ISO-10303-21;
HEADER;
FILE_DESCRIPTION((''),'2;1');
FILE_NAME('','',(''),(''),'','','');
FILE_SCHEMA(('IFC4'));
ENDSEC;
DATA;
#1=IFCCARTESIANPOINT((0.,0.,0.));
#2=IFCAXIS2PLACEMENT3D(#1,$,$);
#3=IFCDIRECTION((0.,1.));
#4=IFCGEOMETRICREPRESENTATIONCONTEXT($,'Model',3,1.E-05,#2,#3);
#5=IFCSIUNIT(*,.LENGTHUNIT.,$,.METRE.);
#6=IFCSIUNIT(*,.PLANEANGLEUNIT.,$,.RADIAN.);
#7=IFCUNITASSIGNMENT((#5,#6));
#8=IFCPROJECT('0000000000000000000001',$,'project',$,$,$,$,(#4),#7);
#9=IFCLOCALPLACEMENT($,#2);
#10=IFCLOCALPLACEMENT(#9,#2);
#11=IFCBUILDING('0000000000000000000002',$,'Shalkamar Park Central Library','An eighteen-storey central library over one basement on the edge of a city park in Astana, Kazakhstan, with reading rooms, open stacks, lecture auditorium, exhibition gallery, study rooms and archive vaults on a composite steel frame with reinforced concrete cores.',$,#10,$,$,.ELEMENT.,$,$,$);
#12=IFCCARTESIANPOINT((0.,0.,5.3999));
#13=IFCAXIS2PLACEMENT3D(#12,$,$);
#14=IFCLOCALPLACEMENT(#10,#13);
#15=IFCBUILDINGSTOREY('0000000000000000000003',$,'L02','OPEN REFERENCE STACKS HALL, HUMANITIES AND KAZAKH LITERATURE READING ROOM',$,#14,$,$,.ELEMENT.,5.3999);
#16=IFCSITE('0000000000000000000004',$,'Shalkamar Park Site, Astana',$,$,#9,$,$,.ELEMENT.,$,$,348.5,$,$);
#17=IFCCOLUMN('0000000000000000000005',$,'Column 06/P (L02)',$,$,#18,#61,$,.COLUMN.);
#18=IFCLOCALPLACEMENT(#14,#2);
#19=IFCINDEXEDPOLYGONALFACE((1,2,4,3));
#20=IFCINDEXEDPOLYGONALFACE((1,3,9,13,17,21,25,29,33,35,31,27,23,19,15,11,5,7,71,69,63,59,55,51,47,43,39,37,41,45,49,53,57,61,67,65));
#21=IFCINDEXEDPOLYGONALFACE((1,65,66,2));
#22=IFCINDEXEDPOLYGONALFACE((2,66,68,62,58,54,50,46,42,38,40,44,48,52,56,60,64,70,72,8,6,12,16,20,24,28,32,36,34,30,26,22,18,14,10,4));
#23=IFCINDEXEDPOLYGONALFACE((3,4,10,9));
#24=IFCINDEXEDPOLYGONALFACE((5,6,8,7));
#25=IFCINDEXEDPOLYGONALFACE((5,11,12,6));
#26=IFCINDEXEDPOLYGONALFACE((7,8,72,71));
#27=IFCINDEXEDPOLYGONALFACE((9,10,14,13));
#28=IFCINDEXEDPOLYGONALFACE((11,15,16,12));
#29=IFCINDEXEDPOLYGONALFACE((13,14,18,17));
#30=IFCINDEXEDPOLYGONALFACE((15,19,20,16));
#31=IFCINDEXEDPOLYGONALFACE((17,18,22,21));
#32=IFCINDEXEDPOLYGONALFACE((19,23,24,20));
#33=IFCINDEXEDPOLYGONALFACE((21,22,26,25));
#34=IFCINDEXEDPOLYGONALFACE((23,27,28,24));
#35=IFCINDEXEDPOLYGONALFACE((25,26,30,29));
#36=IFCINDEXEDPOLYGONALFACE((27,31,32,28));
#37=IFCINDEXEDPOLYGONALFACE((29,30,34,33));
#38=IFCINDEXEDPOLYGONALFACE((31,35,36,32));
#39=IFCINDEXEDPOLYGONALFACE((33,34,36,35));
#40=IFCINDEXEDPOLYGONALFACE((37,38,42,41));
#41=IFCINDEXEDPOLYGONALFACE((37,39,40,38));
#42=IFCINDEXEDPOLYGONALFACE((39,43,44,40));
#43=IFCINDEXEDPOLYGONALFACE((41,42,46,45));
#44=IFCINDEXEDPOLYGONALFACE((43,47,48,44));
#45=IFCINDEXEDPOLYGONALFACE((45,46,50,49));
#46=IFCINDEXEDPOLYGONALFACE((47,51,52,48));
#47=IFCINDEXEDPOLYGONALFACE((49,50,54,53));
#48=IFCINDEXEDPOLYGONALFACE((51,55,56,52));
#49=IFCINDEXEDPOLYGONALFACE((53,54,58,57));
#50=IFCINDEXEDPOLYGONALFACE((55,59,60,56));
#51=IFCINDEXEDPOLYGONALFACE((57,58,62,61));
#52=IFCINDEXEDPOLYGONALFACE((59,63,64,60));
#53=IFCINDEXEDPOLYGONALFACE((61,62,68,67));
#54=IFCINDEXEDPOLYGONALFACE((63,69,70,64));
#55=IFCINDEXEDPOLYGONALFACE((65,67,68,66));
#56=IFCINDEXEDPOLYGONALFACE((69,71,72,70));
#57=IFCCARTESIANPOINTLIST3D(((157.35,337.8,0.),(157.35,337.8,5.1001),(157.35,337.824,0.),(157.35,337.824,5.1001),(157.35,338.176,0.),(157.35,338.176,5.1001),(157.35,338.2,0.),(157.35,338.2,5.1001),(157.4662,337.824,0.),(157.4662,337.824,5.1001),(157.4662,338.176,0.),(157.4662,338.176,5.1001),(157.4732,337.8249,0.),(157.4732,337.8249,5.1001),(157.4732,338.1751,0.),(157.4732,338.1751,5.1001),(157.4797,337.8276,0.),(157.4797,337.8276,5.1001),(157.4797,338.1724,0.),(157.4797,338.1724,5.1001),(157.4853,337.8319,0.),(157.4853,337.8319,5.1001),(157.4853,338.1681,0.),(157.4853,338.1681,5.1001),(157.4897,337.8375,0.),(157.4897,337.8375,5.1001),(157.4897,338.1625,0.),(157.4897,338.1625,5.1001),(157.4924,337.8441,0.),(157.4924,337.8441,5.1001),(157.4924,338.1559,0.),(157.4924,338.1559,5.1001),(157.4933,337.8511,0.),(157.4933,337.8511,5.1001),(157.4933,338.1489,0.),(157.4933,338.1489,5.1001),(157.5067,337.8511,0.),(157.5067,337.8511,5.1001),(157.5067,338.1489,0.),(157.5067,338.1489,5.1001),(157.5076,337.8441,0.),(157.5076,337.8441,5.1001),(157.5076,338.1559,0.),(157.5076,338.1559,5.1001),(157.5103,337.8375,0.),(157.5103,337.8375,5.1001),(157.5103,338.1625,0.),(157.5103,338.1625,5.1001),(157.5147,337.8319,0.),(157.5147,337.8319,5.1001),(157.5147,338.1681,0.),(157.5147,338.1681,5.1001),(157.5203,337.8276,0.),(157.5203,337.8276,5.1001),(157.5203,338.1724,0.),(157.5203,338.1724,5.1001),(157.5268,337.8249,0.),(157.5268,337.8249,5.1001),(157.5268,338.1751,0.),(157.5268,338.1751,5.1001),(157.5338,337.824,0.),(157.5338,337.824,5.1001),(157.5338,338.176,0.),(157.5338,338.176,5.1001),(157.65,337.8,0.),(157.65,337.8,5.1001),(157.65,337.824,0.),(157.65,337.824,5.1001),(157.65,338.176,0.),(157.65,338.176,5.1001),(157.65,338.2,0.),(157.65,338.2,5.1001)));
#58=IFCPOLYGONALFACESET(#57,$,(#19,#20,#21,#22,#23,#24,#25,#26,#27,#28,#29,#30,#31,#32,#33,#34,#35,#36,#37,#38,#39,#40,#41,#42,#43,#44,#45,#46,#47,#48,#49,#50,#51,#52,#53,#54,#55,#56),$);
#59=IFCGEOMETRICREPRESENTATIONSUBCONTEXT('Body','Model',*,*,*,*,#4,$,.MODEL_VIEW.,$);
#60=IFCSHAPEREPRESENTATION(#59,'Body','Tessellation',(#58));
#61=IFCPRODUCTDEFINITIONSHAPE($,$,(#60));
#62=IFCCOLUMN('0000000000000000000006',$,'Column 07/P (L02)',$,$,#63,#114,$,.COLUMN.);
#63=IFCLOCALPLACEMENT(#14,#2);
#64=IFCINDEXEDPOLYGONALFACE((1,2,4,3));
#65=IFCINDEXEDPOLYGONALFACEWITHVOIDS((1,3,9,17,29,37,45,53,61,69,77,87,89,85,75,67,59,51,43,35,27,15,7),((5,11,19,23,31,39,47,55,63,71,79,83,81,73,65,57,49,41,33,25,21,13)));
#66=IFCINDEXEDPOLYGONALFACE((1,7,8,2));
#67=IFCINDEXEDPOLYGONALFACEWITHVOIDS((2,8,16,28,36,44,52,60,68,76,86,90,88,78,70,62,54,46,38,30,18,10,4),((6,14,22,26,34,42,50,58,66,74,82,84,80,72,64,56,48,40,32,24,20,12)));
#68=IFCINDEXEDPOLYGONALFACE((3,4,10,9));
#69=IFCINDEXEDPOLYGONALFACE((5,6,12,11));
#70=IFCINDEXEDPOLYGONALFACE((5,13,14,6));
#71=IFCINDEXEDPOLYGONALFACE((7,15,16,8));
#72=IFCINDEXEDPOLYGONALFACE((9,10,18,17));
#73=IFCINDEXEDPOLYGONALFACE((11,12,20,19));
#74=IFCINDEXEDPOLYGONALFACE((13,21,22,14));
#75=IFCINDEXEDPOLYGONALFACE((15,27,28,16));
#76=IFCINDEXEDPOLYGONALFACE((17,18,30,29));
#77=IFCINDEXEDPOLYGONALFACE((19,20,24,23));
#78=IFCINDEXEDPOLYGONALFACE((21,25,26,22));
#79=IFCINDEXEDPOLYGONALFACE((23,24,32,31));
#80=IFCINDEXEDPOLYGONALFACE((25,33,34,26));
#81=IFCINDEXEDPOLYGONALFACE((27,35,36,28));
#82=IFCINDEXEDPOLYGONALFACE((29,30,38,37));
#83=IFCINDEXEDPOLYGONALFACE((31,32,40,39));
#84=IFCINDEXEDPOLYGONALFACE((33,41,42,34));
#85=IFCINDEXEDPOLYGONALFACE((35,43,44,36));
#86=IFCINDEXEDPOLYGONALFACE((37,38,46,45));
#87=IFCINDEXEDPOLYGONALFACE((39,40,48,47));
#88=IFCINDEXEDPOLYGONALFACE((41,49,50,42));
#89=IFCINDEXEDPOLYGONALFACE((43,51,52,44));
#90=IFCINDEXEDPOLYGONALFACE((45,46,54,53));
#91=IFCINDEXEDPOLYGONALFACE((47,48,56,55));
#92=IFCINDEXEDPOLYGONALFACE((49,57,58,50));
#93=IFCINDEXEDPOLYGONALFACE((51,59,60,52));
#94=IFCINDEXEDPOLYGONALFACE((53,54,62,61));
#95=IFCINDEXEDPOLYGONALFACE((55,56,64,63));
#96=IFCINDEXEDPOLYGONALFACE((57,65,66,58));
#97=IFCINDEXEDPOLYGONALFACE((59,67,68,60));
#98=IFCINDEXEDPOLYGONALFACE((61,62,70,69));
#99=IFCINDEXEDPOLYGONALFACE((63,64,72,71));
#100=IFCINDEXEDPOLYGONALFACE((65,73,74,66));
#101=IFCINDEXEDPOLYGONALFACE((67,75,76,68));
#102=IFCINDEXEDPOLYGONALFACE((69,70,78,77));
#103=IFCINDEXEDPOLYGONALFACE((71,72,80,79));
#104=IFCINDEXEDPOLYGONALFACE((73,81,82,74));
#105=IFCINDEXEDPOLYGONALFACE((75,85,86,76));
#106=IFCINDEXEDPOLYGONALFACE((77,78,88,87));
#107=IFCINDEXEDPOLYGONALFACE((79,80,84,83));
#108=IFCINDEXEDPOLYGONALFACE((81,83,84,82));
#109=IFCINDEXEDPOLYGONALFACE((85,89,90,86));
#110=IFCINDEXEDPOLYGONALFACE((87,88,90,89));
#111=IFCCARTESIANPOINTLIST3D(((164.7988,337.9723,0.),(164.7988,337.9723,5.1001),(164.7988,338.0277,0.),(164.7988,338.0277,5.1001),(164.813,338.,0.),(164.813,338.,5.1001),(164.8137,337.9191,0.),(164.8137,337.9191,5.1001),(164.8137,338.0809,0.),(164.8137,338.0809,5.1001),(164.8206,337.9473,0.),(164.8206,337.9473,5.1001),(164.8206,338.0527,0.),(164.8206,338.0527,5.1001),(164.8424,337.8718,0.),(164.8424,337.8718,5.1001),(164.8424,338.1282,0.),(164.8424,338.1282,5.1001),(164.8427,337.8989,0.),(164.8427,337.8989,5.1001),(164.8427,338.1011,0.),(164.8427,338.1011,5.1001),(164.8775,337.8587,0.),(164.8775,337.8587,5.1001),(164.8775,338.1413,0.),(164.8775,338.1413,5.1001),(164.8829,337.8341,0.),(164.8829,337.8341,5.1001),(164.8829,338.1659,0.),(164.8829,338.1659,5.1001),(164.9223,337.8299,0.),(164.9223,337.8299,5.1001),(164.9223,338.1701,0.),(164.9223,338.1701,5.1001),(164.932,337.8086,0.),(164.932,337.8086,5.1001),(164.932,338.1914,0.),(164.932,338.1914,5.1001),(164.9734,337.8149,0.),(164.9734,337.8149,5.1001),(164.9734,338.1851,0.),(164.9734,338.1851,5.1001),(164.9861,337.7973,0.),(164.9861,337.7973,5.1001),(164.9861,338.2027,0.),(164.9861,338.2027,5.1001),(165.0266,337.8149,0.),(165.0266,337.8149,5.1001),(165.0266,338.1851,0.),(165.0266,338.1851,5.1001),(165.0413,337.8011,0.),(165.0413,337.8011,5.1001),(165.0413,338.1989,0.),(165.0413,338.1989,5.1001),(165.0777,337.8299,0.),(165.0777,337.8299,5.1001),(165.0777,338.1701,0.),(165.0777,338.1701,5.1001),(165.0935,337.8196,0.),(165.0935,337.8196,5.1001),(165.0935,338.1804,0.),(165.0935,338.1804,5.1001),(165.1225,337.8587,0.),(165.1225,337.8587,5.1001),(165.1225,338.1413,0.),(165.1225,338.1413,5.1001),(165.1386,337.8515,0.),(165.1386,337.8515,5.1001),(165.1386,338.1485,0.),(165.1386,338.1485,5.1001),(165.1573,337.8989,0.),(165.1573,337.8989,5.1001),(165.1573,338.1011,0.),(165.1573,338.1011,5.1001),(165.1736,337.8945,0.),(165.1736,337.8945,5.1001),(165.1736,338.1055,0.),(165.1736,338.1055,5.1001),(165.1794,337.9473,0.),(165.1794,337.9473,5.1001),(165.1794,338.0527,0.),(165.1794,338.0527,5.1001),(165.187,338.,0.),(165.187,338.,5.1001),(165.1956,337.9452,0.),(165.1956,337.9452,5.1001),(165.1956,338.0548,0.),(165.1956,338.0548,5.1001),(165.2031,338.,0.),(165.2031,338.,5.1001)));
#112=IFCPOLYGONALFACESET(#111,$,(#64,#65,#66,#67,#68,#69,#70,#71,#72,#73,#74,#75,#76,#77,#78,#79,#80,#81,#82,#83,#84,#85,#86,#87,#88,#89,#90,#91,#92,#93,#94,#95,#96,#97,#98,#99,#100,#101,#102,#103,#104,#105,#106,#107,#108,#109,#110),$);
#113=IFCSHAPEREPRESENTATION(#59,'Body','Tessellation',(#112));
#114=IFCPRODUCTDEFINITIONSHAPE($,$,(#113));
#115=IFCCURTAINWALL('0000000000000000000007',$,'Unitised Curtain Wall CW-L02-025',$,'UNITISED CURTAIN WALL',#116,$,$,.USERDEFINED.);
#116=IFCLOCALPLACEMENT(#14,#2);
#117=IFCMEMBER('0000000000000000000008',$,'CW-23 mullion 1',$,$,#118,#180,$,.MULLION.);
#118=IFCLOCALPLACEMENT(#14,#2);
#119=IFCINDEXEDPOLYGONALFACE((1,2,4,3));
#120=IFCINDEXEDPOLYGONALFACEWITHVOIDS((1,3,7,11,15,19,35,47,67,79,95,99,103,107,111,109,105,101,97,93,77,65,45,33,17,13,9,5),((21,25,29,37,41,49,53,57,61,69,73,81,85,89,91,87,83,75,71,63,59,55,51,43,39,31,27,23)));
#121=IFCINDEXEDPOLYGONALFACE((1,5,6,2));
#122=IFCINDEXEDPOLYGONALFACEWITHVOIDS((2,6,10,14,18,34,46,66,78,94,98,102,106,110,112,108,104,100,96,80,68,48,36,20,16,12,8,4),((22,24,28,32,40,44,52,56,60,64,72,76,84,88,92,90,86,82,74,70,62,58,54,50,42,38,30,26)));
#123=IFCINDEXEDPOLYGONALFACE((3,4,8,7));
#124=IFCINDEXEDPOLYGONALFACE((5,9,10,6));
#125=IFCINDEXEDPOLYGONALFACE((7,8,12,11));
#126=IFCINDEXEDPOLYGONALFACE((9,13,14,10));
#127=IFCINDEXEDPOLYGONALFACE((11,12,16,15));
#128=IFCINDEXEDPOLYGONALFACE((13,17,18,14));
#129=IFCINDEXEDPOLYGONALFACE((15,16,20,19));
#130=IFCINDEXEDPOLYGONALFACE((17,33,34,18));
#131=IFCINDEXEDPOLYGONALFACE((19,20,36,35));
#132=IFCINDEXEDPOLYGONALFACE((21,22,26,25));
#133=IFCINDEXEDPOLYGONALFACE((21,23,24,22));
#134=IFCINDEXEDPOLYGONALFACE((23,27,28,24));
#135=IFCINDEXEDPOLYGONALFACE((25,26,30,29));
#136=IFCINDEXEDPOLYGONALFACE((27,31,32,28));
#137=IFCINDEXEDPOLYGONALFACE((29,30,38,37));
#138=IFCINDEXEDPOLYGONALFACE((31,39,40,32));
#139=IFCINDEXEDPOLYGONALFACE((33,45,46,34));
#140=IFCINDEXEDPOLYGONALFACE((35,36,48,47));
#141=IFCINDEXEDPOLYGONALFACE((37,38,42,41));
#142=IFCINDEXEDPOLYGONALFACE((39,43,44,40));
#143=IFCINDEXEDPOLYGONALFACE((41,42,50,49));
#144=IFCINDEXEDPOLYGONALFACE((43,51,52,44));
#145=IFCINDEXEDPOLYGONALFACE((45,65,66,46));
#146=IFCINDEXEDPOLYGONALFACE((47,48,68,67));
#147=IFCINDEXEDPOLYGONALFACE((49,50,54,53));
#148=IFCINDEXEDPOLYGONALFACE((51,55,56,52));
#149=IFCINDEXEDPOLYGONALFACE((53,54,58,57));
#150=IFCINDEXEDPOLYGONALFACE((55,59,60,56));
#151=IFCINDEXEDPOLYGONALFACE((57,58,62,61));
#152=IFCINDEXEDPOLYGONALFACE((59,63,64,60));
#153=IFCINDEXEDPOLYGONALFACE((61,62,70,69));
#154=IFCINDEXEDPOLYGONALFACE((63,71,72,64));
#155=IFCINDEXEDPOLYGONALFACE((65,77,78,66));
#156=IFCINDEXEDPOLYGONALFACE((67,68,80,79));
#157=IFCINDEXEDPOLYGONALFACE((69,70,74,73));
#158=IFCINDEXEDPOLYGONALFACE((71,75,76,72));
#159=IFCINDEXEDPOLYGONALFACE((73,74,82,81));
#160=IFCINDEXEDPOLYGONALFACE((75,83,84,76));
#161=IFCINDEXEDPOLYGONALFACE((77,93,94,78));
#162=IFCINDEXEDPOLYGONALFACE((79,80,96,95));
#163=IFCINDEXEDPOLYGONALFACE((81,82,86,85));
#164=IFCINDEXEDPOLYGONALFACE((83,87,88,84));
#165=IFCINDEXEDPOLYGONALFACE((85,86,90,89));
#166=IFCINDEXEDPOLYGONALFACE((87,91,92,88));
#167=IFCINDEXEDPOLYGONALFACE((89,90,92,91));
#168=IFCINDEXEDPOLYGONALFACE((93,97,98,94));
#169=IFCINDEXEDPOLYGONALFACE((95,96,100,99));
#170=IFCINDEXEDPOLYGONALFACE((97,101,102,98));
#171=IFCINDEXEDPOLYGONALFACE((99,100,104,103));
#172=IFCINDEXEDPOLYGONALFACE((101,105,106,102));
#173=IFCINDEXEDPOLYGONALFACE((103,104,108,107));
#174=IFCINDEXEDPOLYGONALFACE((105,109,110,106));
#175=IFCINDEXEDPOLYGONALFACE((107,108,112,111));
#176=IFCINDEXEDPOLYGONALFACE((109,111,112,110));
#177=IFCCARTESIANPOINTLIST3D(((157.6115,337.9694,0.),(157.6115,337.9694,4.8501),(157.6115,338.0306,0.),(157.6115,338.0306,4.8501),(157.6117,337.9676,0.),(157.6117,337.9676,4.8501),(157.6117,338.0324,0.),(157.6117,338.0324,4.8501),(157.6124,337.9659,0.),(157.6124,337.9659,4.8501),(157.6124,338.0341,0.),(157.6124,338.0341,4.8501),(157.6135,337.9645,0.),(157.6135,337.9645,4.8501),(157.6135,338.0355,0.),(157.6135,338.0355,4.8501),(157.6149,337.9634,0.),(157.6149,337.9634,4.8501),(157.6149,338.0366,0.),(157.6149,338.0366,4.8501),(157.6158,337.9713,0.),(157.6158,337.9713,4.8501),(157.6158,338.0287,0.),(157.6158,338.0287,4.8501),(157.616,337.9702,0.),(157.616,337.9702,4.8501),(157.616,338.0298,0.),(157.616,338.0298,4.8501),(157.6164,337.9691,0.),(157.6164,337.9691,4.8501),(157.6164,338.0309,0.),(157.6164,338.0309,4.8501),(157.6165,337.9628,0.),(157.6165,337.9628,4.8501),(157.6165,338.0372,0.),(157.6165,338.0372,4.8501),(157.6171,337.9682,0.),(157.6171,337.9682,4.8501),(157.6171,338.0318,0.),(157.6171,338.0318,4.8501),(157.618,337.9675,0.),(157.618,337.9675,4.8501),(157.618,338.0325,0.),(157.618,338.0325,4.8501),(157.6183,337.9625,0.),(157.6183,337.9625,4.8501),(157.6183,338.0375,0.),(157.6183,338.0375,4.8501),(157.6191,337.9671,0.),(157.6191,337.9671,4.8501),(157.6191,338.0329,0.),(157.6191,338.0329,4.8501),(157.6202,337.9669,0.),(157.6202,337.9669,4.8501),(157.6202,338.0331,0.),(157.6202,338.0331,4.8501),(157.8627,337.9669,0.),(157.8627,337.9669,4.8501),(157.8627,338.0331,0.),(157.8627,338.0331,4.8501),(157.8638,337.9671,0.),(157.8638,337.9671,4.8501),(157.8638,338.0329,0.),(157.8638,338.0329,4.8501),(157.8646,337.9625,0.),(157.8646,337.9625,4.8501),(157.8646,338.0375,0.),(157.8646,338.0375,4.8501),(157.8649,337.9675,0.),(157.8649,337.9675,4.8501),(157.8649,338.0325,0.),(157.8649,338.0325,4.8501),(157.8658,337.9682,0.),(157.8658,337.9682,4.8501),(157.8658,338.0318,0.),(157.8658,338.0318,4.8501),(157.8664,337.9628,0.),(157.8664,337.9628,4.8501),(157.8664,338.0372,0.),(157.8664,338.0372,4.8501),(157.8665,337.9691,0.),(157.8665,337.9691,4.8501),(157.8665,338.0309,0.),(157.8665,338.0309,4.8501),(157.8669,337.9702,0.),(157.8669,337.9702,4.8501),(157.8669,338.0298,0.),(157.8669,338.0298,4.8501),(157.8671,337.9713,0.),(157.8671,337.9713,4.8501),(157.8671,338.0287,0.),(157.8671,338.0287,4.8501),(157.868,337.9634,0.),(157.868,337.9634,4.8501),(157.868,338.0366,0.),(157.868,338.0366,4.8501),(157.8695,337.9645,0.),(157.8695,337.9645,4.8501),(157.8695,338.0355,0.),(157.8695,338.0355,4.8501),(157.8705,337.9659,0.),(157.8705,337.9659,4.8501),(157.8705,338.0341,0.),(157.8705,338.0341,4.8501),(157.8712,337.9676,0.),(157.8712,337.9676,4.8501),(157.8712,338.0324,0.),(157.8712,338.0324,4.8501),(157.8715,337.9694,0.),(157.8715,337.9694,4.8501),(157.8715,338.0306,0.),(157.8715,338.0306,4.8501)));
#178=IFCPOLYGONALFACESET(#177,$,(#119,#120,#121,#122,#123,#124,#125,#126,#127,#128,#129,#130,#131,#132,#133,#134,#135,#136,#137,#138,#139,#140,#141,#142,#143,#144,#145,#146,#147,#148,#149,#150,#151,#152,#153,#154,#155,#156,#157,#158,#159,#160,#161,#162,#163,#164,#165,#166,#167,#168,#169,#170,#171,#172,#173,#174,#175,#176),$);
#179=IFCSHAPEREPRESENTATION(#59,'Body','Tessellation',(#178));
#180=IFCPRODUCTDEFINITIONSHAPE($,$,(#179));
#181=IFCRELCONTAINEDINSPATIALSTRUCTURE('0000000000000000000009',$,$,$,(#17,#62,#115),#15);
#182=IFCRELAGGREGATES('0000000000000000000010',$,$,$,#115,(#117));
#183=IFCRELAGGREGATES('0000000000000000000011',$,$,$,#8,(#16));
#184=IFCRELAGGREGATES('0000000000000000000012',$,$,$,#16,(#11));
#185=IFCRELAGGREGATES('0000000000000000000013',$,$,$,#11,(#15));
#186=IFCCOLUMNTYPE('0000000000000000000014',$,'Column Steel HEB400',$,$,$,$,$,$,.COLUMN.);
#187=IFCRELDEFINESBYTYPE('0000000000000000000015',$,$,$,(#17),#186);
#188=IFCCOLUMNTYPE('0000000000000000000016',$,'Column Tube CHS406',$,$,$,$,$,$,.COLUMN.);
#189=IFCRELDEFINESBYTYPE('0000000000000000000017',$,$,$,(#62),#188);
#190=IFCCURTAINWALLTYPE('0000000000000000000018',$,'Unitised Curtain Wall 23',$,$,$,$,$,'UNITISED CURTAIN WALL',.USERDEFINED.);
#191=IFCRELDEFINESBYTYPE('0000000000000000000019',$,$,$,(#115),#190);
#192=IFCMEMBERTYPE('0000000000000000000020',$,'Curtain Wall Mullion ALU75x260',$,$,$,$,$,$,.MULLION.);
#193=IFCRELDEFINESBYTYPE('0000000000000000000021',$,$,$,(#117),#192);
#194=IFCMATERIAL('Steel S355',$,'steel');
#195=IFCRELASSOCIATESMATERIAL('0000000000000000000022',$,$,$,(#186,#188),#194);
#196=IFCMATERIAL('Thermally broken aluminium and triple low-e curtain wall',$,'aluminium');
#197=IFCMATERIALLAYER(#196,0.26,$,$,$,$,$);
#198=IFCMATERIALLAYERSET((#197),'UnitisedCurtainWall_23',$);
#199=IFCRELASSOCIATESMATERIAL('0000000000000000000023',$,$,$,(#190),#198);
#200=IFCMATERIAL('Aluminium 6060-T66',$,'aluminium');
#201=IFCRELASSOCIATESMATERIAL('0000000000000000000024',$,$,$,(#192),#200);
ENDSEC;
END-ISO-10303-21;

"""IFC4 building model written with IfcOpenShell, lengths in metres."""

from ifc_helpers import new_model, si_unit, direction, frame, origin, origin_2d, place, context, subcontext, project, spatial, hollow_rectangle, hollow_circle, i_section, extrude, material, layer, layer_set, material_profile, profile_set, type_object, element, aggregate, save


model = new_model("IFC4")

# Units and contexts
model_context = context("Model", 3, precision=1e-05, world=origin(), true_north=direction((0.0, 1.0)))
body_context = subcontext(model_context, "Body", "Model", "MODEL_VIEW")
ifc_project = project(units=[si_unit("LENGTHUNIT", "METRE"), si_unit("PLANEANGLEUNIT", "RADIAN")], contexts=[model_context])

# Site, building, storey
site_placement = place(None, origin())
site = spatial("IfcSite", under=ifc_project, at=site_placement, Name="Shalkamar Park Site, Astana", CompositionType="ELEMENT", RefElevation=348.5)
building_placement = place(site_placement, origin())
building = spatial("IfcBuilding", under=site, at=building_placement, Name="Shalkamar Park Central Library", Description="An eighteen-storey central library over one basement on the edge of a city park in Astana, Kazakhstan, with reading rooms, open stacks, lecture auditorium, exhibition gallery, study rooms and archive vaults on a composite steel frame with reinforced concrete cores.", CompositionType="ELEMENT")
storey_placement = place(building_placement, frame((0.0, 0.0, 5.3999)))
storey = spatial("IfcBuildingStorey", under=building, at=storey_placement, Name="L02", Description="OPEN REFERENCE STACKS HALL, HUMANITIES AND KAZAKH LITERATURE READING ROOM", CompositionType="ELEMENT", Elevation=5.3999)

# Columns
ifc_material_1 = material(Name="Steel S355", Category="steel")
ifc_material_profile_1 = material_profile(ifc_material_1, i_section(OverallWidth=0.3, OverallDepth=0.3999, WebThickness=0.0134, FlangeThickness=0.0239, FilletRadius=0.0271, at=origin_2d()), Name="HEB 400")
ifc_profile_set_1 = profile_set([ifc_material_profile_1], Name="Steel S355")
column_type_1 = type_object("IfcColumnType", Name="Column Steel HEB400", PredefinedType="COLUMN", material=ifc_profile_set_1)
column_1_placement = place(storey_placement, frame((157.5, 338.0, 0.0), z_axis=(0.0, 0.0, 1.0), x_axis=(1.0, 0.0, 0.0)))
element("IfcColumn", 1, at=column_1_placement, inside=storey, type_object=column_type_1, Name="Column 06/P (L02)", PredefinedType="COLUMN", context=body_context, shape_type="SweptSolid", body=[
    extrude(i_section(OverallWidth=0.3, OverallDepth=0.3999, WebThickness=0.0134, FlangeThickness=0.0239, FilletRadius=0.0271, at=origin_2d()), origin(), (0.0, 0.0, 1.0), 5.1001),
])
ifc_material_profile_2 = material_profile(ifc_material_1, hollow_circle(Radius=0.2031, WallThickness=0.0161, at=origin_2d()), Name="CHS 406.4x16")
ifc_profile_set_2 = profile_set([ifc_material_profile_2], Name="Steel S355")
column_type_2 = type_object("IfcColumnType", Name="Column Tube CHS406", PredefinedType="COLUMN", material=ifc_profile_set_2)
column_2_placement = place(storey_placement, frame((165.0, 338.0, 0.0), z_axis=(0.0, 0.0, 1.0), x_axis=(1.0, 0.0, 0.0)))
element("IfcColumn", 2, at=column_2_placement, inside=storey, type_object=column_type_2, Name="Column 07/P (L02)", PredefinedType="COLUMN", context=body_context, shape_type="SweptSolid", body=[
    extrude(hollow_circle(Radius=0.2031, WallThickness=0.0161, at=origin_2d()), origin(), (0.0, 0.0, 1.0), 5.1001),
])

# Curtain wall, member
ifc_material_2 = material(Name="Thermally broken aluminium and triple low-e curtain wall", Category="aluminium")
ifc_layer_1 = layer(ifc_material_2, 0.26)
ifc_layer_set_1 = layer_set([ifc_layer_1], Name="UnitisedCurtainWall_23")
curtain_wall_type_1 = type_object("IfcCurtainWallType", Name="Unitised Curtain Wall 23", ElementType="UNITISED CURTAIN WALL", PredefinedType="USERDEFINED", material=ifc_layer_set_1)
curtain_wall_1_placement = place(storey_placement, origin())
curtain_wall_1 = element("IfcCurtainWall", 3, at=curtain_wall_1_placement, inside=storey, type_object=curtain_wall_type_1, Name="Unitised Curtain Wall CW-L02-025", ObjectType="UNITISED CURTAIN WALL", PredefinedType="USERDEFINED")
ifc_material_3 = material(Name="Aluminium 6060-T66", Category="aluminium")
ifc_material_profile_3 = material_profile(ifc_material_3, hollow_rectangle(XDim=0.075, YDim=0.26, WallThickness=0.0044, InnerFilletRadius=0.0044, OuterFilletRadius=0.0068, at=origin_2d()), Name="ALU 75x260x4.5")
ifc_profile_set_3 = profile_set([ifc_material_profile_3], Name="Aluminium 6060-T66")
member_type_1 = type_object("IfcMemberType", Name="Curtain Wall Mullion ALU75x260", PredefinedType="MULLION", material=ifc_profile_set_3)
member_1_placement = place(storey_placement, frame((157.7415, 338.0, 0.0), z_axis=(0.0, 0.0, 1.0), x_axis=(0.0, 1.0, 0.0)))
member_1 = element("IfcMember", 4, at=member_1_placement, type_object=member_type_1, Name="CW-23 mullion 1", PredefinedType="MULLION", context=body_context, shape_type="SweptSolid", body=[
    extrude(hollow_rectangle(XDim=0.075, YDim=0.26, WallThickness=0.0044, InnerFilletRadius=0.0044, OuterFilletRadius=0.0068, at=origin_2d()), origin(), (0.0, 0.0, 1.0), 4.8501),
])

aggregate(curtain_wall_1, [member_1])

save(model, "model.ifc")
